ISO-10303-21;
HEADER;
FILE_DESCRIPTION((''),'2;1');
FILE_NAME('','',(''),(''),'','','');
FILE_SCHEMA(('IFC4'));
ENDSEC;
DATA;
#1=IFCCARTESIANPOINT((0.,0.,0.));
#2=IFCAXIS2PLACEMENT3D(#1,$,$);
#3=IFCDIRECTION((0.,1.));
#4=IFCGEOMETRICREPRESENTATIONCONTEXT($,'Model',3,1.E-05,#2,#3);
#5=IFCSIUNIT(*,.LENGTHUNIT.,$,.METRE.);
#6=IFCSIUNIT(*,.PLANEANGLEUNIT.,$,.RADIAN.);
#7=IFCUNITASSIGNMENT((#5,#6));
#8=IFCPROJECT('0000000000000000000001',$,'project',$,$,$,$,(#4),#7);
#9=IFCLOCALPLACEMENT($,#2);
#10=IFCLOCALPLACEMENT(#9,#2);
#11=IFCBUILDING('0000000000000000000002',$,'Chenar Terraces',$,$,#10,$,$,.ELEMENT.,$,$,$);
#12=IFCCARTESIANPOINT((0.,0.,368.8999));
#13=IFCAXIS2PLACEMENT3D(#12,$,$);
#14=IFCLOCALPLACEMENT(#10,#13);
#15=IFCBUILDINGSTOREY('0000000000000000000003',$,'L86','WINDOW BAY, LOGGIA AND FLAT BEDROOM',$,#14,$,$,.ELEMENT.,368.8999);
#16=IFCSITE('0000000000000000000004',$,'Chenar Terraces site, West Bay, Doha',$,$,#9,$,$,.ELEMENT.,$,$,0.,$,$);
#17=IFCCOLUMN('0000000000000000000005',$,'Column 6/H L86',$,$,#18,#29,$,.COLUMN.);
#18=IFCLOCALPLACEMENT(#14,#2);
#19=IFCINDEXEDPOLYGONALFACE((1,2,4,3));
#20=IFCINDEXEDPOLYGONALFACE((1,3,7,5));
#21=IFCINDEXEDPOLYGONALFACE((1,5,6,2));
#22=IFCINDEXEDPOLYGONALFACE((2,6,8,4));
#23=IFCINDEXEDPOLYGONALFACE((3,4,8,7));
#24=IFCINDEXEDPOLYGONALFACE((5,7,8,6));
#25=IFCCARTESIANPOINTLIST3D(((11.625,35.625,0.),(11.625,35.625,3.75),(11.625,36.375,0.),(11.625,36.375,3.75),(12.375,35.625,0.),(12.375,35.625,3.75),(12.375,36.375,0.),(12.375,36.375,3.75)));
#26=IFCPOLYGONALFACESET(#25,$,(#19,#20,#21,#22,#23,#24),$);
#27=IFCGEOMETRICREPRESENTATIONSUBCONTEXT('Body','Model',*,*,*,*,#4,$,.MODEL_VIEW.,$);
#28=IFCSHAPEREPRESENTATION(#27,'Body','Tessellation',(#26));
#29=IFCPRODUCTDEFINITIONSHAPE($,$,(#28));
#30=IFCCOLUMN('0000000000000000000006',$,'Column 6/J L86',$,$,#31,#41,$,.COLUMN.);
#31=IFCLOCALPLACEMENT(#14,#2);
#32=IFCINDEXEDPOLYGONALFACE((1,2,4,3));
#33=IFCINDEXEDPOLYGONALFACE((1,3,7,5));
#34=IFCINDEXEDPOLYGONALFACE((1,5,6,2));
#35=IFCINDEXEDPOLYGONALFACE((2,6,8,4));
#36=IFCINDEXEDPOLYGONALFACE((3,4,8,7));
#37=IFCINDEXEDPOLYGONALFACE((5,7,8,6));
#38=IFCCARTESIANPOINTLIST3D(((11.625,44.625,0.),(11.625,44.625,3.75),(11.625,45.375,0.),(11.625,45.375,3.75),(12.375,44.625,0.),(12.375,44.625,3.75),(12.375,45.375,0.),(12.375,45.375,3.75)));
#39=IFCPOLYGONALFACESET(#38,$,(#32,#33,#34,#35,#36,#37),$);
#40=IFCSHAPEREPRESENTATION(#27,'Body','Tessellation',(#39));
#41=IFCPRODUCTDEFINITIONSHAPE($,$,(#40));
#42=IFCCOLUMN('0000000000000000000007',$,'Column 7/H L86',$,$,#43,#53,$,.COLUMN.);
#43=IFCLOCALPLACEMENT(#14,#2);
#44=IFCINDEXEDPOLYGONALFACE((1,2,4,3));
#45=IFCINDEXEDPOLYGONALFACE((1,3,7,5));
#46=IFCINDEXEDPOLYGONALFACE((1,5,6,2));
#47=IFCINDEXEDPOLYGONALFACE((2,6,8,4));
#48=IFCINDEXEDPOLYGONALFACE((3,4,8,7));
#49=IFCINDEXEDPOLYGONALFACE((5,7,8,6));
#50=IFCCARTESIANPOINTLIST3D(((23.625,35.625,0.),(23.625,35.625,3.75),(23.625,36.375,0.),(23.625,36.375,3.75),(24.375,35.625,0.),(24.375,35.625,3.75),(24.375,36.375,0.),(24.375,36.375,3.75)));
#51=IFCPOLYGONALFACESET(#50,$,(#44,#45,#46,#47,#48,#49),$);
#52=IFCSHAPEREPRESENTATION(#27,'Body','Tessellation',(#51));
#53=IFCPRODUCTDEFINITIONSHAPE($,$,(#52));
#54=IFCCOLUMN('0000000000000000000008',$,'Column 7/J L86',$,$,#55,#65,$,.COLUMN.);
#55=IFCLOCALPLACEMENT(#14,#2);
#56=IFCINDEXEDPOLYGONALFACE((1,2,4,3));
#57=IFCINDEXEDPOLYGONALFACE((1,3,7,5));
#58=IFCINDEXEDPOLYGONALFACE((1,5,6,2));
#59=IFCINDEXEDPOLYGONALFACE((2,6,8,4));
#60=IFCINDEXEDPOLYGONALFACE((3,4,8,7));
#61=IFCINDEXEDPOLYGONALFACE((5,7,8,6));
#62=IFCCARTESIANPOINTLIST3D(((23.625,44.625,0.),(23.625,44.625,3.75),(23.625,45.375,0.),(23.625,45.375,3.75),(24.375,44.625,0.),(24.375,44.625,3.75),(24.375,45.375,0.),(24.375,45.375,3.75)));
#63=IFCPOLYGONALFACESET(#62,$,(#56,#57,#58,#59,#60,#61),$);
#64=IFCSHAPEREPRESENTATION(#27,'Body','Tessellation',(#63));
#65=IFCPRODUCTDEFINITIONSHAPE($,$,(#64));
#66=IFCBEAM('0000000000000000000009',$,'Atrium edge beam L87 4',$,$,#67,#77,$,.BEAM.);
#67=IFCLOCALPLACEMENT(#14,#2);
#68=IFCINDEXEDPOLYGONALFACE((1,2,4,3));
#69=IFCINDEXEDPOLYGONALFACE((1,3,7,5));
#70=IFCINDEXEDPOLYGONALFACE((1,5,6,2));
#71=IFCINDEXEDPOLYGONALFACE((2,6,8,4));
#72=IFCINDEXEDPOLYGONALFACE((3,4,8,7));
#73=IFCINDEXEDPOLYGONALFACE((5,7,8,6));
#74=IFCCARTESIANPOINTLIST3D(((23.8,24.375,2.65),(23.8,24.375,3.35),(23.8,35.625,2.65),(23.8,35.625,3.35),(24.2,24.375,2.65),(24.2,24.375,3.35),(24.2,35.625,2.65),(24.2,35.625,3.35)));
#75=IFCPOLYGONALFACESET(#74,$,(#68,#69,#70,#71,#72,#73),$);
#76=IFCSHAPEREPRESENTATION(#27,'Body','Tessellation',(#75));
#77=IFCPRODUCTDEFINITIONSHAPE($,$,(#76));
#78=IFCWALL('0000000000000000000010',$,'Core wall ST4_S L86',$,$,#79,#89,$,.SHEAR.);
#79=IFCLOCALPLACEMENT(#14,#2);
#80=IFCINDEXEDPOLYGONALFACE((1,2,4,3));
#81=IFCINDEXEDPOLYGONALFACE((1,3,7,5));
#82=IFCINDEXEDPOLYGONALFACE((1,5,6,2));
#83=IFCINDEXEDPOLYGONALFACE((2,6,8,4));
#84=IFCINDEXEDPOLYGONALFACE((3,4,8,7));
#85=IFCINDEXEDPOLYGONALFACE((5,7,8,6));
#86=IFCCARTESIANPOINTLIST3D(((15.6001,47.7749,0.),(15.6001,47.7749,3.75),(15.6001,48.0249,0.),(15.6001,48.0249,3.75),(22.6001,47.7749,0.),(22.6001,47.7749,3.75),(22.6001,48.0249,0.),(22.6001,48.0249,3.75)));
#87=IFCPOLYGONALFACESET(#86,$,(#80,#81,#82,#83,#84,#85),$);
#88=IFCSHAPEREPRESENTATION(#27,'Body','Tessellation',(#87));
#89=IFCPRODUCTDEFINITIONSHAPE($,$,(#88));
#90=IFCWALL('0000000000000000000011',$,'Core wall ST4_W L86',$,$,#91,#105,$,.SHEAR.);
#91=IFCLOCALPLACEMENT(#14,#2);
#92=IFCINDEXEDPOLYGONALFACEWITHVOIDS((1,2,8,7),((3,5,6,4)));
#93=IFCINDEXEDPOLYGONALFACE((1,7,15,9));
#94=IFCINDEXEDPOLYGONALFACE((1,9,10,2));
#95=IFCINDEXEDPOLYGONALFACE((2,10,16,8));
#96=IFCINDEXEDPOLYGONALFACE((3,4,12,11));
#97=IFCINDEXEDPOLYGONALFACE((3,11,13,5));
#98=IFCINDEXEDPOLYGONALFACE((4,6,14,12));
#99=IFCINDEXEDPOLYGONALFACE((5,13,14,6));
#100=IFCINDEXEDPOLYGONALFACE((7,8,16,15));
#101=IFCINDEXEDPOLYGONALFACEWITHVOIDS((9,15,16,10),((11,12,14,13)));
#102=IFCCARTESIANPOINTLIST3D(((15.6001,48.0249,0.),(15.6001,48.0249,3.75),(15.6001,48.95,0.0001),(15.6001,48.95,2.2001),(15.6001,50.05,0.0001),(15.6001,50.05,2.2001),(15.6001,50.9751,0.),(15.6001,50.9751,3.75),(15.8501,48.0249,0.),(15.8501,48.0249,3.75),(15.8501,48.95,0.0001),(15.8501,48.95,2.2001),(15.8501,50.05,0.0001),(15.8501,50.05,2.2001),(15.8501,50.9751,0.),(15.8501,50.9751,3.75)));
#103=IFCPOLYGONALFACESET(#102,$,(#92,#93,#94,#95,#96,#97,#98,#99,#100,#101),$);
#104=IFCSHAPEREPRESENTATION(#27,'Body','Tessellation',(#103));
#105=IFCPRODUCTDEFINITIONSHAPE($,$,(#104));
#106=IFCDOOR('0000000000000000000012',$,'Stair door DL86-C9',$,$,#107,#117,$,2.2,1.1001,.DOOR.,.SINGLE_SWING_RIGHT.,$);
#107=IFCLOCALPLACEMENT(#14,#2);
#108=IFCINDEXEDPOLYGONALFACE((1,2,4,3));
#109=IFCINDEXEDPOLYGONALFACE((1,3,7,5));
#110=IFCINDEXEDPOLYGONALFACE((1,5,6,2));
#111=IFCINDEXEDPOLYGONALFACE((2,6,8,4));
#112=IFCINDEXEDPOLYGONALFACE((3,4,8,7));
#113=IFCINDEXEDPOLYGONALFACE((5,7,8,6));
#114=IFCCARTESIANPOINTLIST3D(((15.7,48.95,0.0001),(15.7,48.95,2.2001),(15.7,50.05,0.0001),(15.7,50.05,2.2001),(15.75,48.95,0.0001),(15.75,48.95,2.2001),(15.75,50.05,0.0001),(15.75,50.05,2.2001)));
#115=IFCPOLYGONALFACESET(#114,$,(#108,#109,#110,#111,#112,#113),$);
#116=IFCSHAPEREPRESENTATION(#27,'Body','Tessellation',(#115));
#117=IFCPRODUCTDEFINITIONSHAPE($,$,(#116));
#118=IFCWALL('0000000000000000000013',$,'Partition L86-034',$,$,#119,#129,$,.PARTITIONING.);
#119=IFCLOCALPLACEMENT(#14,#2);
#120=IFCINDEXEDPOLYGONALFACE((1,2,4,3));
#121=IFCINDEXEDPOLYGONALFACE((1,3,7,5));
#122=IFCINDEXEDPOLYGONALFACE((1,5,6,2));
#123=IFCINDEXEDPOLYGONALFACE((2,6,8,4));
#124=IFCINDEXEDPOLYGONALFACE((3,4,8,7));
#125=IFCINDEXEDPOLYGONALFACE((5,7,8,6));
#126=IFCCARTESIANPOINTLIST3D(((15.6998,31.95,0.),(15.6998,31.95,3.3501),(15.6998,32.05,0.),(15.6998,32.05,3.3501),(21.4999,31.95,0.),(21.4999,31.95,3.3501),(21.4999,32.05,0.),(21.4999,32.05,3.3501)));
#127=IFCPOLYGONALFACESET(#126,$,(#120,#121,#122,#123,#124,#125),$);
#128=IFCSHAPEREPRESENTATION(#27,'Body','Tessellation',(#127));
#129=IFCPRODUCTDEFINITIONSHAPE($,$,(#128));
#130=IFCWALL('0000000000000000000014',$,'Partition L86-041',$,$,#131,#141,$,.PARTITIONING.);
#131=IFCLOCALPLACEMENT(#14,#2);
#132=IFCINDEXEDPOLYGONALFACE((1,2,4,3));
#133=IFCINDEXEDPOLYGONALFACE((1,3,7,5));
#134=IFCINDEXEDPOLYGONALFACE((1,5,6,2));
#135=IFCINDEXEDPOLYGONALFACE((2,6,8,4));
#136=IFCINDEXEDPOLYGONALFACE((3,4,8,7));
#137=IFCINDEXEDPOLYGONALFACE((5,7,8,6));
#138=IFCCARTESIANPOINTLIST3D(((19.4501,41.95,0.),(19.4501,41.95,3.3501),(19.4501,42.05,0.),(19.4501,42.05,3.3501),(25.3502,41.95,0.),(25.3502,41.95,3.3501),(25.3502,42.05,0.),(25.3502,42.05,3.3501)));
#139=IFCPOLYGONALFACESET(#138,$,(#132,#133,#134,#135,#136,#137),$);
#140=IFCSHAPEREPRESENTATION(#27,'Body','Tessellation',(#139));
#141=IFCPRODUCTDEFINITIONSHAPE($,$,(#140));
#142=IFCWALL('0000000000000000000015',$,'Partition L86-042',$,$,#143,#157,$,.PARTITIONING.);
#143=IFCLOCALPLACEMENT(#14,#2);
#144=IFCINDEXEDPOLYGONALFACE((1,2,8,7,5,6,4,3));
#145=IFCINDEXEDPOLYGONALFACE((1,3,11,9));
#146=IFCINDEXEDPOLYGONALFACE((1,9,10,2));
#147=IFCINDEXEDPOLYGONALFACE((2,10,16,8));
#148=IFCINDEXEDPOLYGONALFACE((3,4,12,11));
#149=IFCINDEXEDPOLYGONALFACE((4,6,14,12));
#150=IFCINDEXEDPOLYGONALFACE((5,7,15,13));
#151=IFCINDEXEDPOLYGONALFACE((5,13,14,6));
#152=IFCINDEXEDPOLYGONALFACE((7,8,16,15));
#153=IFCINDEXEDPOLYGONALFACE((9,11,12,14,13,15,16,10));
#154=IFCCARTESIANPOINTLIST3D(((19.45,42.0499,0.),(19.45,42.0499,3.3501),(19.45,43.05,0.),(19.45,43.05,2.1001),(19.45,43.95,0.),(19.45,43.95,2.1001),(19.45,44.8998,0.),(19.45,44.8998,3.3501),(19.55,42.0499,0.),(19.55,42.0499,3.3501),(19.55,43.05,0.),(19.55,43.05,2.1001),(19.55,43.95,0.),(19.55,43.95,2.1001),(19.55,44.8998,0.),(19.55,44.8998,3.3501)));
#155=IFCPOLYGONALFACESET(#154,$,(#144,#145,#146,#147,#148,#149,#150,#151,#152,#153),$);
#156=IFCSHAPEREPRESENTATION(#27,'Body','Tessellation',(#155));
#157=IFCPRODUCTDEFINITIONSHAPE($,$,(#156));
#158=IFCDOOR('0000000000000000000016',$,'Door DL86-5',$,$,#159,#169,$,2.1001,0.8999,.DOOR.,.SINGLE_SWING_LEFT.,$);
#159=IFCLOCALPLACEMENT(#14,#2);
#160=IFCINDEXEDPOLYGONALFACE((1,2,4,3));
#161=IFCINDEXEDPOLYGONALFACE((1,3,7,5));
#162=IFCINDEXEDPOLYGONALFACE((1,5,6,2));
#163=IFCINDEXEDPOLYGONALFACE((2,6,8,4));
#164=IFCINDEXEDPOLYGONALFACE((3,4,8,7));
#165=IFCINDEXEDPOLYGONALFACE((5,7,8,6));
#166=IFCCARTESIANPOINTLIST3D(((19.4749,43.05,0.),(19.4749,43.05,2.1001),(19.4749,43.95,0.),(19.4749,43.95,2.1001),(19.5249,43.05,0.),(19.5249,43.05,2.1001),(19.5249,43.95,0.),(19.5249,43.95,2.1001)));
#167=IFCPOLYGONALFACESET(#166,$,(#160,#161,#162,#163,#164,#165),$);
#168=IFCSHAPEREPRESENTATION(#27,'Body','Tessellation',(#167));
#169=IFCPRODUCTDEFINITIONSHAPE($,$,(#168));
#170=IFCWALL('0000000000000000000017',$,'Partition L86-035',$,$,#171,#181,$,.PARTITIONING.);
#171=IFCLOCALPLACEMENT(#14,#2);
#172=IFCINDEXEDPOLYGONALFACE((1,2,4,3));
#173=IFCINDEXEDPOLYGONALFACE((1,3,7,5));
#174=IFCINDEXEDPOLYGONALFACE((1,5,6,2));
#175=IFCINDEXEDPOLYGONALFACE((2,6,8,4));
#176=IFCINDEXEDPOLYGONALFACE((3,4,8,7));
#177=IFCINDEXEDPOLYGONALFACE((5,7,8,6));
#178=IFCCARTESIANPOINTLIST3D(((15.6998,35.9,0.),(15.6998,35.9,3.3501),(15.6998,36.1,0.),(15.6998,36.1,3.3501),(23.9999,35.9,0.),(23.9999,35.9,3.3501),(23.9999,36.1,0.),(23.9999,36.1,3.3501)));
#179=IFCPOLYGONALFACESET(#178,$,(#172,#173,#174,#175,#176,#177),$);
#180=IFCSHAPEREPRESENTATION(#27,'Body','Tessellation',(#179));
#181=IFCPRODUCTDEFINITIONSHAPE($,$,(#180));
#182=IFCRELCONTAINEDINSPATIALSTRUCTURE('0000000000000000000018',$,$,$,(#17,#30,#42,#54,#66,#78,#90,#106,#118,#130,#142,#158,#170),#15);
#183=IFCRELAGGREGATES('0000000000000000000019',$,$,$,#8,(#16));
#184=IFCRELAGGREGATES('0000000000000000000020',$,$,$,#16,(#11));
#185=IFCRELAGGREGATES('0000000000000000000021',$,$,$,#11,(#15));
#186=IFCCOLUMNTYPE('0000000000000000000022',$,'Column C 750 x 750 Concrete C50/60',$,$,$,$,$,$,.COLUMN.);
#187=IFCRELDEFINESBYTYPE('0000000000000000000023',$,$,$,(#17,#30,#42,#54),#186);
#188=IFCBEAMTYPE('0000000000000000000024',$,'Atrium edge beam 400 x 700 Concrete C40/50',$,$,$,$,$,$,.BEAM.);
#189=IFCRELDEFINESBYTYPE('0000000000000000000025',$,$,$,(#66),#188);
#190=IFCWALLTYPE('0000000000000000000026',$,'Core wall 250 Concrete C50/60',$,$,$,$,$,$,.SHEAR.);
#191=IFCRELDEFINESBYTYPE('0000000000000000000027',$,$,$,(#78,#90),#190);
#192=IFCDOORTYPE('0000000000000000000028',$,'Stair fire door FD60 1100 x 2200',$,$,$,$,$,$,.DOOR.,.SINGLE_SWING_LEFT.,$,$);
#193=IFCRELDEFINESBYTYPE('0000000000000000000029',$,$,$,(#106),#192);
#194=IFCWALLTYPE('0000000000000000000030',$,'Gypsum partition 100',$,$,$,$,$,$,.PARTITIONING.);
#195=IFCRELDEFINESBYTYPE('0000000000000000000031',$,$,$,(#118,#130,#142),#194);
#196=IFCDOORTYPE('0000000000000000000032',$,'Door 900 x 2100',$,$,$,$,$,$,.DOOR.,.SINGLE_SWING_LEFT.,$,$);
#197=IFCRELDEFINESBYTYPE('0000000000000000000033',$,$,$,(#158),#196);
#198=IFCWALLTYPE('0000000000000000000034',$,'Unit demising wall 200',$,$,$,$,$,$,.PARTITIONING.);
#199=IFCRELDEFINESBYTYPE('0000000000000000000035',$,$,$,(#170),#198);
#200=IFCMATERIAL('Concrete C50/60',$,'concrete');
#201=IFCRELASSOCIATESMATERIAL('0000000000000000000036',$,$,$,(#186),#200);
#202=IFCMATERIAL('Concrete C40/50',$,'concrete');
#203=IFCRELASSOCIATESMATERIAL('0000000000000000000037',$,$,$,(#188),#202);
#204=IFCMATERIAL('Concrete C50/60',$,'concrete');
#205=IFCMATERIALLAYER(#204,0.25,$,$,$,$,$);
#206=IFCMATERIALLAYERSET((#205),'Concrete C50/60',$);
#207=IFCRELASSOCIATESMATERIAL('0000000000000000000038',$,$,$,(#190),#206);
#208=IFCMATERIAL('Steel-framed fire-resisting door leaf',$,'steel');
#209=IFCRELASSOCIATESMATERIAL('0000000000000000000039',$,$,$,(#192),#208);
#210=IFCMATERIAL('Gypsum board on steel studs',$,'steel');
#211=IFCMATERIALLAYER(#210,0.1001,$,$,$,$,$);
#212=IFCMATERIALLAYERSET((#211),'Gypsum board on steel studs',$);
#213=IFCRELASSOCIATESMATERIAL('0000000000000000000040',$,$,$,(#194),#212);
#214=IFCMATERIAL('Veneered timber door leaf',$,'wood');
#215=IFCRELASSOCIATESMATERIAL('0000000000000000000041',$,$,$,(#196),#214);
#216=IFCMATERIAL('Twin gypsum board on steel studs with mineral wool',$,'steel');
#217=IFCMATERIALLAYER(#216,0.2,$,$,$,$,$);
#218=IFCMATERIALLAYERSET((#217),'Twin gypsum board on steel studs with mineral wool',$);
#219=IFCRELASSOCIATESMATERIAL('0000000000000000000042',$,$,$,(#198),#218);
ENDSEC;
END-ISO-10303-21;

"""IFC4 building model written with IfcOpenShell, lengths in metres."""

from ifc_helpers import new_model, si_unit, direction, frame, frame_2d, origin, origin_2d, place, context, subcontext, project, spatial, rectangle, extrude, material, layer, layer_set, material_profile, profile_set, type_object, element, fill, save


model = new_model("IFC4")

# Units and contexts
model_context = context("Model", 3, precision=1e-05, world=origin(), true_north=direction((0.0, 1.0)))
body_context = subcontext(model_context, "Body", "Model", "MODEL_VIEW")
ifc_project = project(units=[si_unit("LENGTHUNIT", "METRE"), si_unit("PLANEANGLEUNIT", "RADIAN")], contexts=[model_context])

# Site, building, storey
site_placement = place(None, origin())
site = spatial("IfcSite", under=ifc_project, at=site_placement, Name="Chenar Terraces site, West Bay, Doha", CompositionType="ELEMENT", RefElevation=0.0)
building_placement = place(site_placement, origin())
building = spatial("IfcBuilding", under=site, at=building_placement, Name="Chenar Terraces", CompositionType="ELEMENT")
storey_placement = place(building_placement, frame((0.0, 0.0, 368.8999)))
storey = spatial("IfcBuildingStorey", under=building, at=storey_placement, Name="L86", Description="WINDOW BAY, LOGGIA AND FLAT BEDROOM", CompositionType="ELEMENT", Elevation=368.8999)

# Columns
ifc_material_1 = material(Name="Concrete C50/60", Category="concrete")
ifc_material_profile_1 = material_profile(ifc_material_1, rectangle(XDim=0.75, YDim=0.75, at=origin_2d()), Name="C 750 x 750")
ifc_profile_set_1 = profile_set([ifc_material_profile_1], Name="Concrete C50/60")
column_type = type_object("IfcColumnType", Name="Column C 750 x 750 Concrete C50/60", PredefinedType="COLUMN", material=ifc_profile_set_1)
for number, where, z_axis, x_axis, name in (
    (1, (12.0, 36.0, 0.0), (0.0, 0.0, 1.0), (1.0, 0.0, 0.0), "Column 6/H L86"),
    (2, (12.0, 45.0, 0.0), (0.0, 0.0, 1.0), (1.0, 0.0, 0.0), "Column 6/J L86"),
    (3, (24.0, 36.0, 0.0), (0.0, 0.0, 1.0), (1.0, 0.0, 0.0), "Column 7/H L86"),
    (4, (24.0, 45.0, 0.0), (0.0, 0.0, 1.0), (1.0, 0.0, 0.0), "Column 7/J L86"),
):
    element("IfcColumn", number, at=place(storey_placement, frame(where, z_axis=z_axis, x_axis=x_axis)), inside=storey, type_object=column_type, Name=name, PredefinedType="COLUMN", context=body_context, shape_type="SweptSolid", body=[
        extrude(rectangle(XDim=0.75, YDim=0.75, at=origin_2d()), origin(), (0.0, 0.0, 1.0), 3.75),
    ])

# Beam
ifc_material_2 = material(Name="Concrete C40/50", Category="concrete")
ifc_material_profile_2 = material_profile(ifc_material_2, rectangle(XDim=0.3999, YDim=0.7, at=origin_2d()), Name="RC 400 x 700")
ifc_profile_set_2 = profile_set([ifc_material_profile_2], Name="Concrete C40/50")
beam_type = type_object("IfcBeamType", Name="Atrium edge beam 400 x 700 Concrete C40/50", PredefinedType="BEAM", material=ifc_profile_set_2)
beam_placement = place(storey_placement, frame((24.0, 35.625, 3.0), z_axis=(0.0, -1.0, 0.0), x_axis=(1.0, 0.0, 0.0)))
element("IfcBeam", 5, at=beam_placement, inside=storey, type_object=beam_type, Name="Atrium edge beam L87 4", PredefinedType="BEAM", context=body_context, shape_type="SweptSolid", body=[
    extrude(rectangle(XDim=0.3999, YDim=0.7, at=origin_2d()), origin(), (0.0, 0.0, 1.0), 11.25),
])

# Wall
ifc_material_3 = material(Name="Concrete C50/60", Category="concrete")
ifc_layer_1 = layer(ifc_material_3, 0.25)
ifc_layer_set_1 = layer_set([ifc_layer_1], Name="Concrete C50/60")
wall_type_1 = type_object("IfcWallType", Name="Core wall 250 Concrete C50/60", PredefinedType="SHEAR", material=ifc_layer_set_1)
wall_1_placement = place(storey_placement, frame((15.6001, 47.8999, 0.0), z_axis=(0.0, 0.0, 1.0), x_axis=(1.0, 0.0, 0.0)))
element("IfcWall", 6, at=wall_1_placement, inside=storey, type_object=wall_type_1, Name="Core wall ST4_S L86", PredefinedType="SHEAR", context=body_context, shape_type="SweptSolid", body=[
    extrude(rectangle(XDim=7.0, YDim=0.25, at=frame_2d((3.5, 0.0))), origin(), (0.0, 0.0, 1.0), 3.75),
])

# Wall, opening, door
wall_2_placement = place(storey_placement, frame((15.7251, 48.0249, 0.0), z_axis=(0.0, 0.0, 1.0), x_axis=(0.0, 1.0, 0.0)))
wall_2 = element("IfcWall", 7, at=wall_2_placement, inside=storey, type_object=wall_type_1, Name="Core wall ST4_W L86", PredefinedType="SHEAR", context=body_context, shape_type="SweptSolid", body=[
    extrude(rectangle(XDim=2.9502, YDim=0.25, at=frame_2d((1.4751, 0.0))), origin(), (0.0, 0.0, 1.0), 3.75),
])
opening_1_placement = place(wall_2_placement, frame((0.925, 0.0, 0.0)))
opening_1 = element("IfcOpeningElement", 8, at=opening_1_placement, cuts=wall_2, PredefinedType="OPENING", context=body_context, shape_type="SweptSolid", body=[
    extrude(rectangle(XDim=1.1001, YDim=2.2, at=frame_2d((0.55, 1.1001))), frame((0.0, 0.135, 0.0), z_axis=(0.0, -1.0, 0.0), x_axis=(1.0, 0.0, 0.0)), (0.0, 0.0, 1.0), 0.27),
])
ifc_material_4 = material(Name="Steel-framed fire-resisting door leaf", Category="steel")
door_type_1 = type_object("IfcDoorType", Name="Stair fire door FD60 1100 x 2200", OperationType="SINGLE_SWING_LEFT", PredefinedType="DOOR", material=ifc_material_4)
door_1_placement = place(opening_1_placement, frame((1.1001, 0.0, 0.0), z_axis=(0.0, 0.0, 1.0), x_axis=(-1.0, 0.0, 0.0)))
door_1 = element("IfcDoor", 9, at=door_1_placement, inside=storey, type_object=door_type_1, Name="Stair door DL86-C9", OperationType="SINGLE_SWING_RIGHT", OverallHeight=2.2, OverallWidth=1.1001, PredefinedType="DOOR", context=body_context, shape_type="SweptSolid", body=[
    extrude(rectangle(XDim=1.1001, YDim=2.2, at=frame_2d((0.55, 1.1001))), frame((0.0, 0.0249, 0.0), z_axis=(0.0, -1.0, 0.0), x_axis=(1.0, 0.0, 0.0)), (0.0, 0.0, 1.0), 0.05),
])
fill(opening_1, door_1)

# Walls
ifc_material_5 = material(Name="Gypsum board on steel studs", Category="steel")
ifc_layer_2 = layer(ifc_material_5, 0.1001)
ifc_layer_set_2 = layer_set([ifc_layer_2], Name="Gypsum board on steel studs")
wall_type_2 = type_object("IfcWallType", Name="Gypsum partition 100", PredefinedType="PARTITIONING", material=ifc_layer_set_2)
wall_3_placement = place(storey_placement, frame((15.7, 32.0, 0.0), z_axis=(0.0, 0.0, 1.0), x_axis=(1.0, 0.0, 0.0)))
element("IfcWall", 10, at=wall_3_placement, inside=storey, type_object=wall_type_2, Name="Partition L86-034", PredefinedType="PARTITIONING", context=body_context, shape_type="SweptSolid", body=[
    extrude(rectangle(XDim=5.8, YDim=0.1001, at=frame_2d((2.8999, 0.0))), origin(), (0.0, 0.0, 1.0), 3.3501),
])
wall_4_placement = place(storey_placement, frame((19.45, 42.0, 0.0), z_axis=(0.0, 0.0, 1.0), x_axis=(1.0, 0.0, 0.0)))
element("IfcWall", 11, at=wall_4_placement, inside=storey, type_object=wall_type_2, Name="Partition L86-041", PredefinedType="PARTITIONING", context=body_context, shape_type="SweptSolid", body=[
    extrude(rectangle(XDim=5.9001, YDim=0.1001, at=frame_2d((2.9502, 0.0))), origin(), (0.0, 0.0, 1.0), 3.3501),
])

# Wall, opening, door
wall_5_placement = place(storey_placement, frame((19.5, 42.05, 0.0), z_axis=(0.0, 0.0, 1.0), x_axis=(0.0, 1.0, 0.0)))
wall_5 = element("IfcWall", 12, at=wall_5_placement, inside=storey, type_object=wall_type_2, Name="Partition L86-042", PredefinedType="PARTITIONING", context=body_context, shape_type="SweptSolid", body=[
    extrude(rectangle(XDim=2.8499, YDim=0.1001, at=frame_2d((1.4248, 0.0))), origin(), (0.0, 0.0, 1.0), 3.3501),
])
opening_2_placement = place(wall_5_placement, frame((1.0, 0.0, 0.0)))
opening_2 = element("IfcOpeningElement", 13, at=opening_2_placement, cuts=wall_5, PredefinedType="OPENING", context=body_context, shape_type="SweptSolid", body=[
    extrude(rectangle(XDim=0.8999, YDim=2.1001, at=frame_2d((0.45, 1.05))), frame((0.0, 0.0601, 0.0), z_axis=(0.0, -1.0, 0.0), x_axis=(1.0, 0.0, 0.0)), (0.0, 0.0, 1.0), 0.1201),
])
ifc_material_6 = material(Name="Veneered timber door leaf", Category="wood")
door_type_2 = type_object("IfcDoorType", Name="Door 900 x 2100", OperationType="SINGLE_SWING_LEFT", PredefinedType="DOOR", material=ifc_material_6)
door_2_placement = place(opening_2_placement, frame((0.8999, 0.0, 0.0), z_axis=(0.0, 0.0, 1.0), x_axis=(-1.0, 0.0, 0.0)))
door_2 = element("IfcDoor", 14, at=door_2_placement, inside=storey, type_object=door_type_2, Name="Door DL86-5", OperationType="SINGLE_SWING_LEFT", OverallHeight=2.1001, OverallWidth=0.8999, PredefinedType="DOOR", context=body_context, shape_type="SweptSolid", body=[
    extrude(rectangle(XDim=0.8999, YDim=2.1001, at=frame_2d((0.45, 1.05))), frame((0.0, 0.0249, 0.0), z_axis=(0.0, -1.0, 0.0), x_axis=(1.0, 0.0, 0.0)), (0.0, 0.0, 1.0), 0.05),
])
fill(opening_2, door_2)

# Wall
ifc_material_7 = material(Name="Twin gypsum board on steel studs with mineral wool", Category="steel")
ifc_layer_3 = layer(ifc_material_7, 0.2)
ifc_layer_set_3 = layer_set([ifc_layer_3], Name="Twin gypsum board on steel studs with mineral wool")
wall_type_3 = type_object("IfcWallType", Name="Unit demising wall 200", PredefinedType="PARTITIONING", material=ifc_layer_set_3)
for number, where, z_axis, x_axis, name in (
    (15, (15.7, 36.0, 0.0), (0.0, 0.0, 1.0), (1.0, 0.0, 0.0), "Partition L86-035"),
):
    element("IfcWall", number, at=place(storey_placement, frame(where, z_axis=z_axis, x_axis=x_axis)), inside=storey, type_object=wall_type_3, Name=name, PredefinedType="PARTITIONING", context=body_context, shape_type="SweptSolid", body=[
        extrude(rectangle(XDim=8.3, YDim=0.2, at=frame_2d((4.1499, 0.0))), origin(), (0.0, 0.0, 1.0), 3.3501),
    ])

save(model, "model.ifc")
